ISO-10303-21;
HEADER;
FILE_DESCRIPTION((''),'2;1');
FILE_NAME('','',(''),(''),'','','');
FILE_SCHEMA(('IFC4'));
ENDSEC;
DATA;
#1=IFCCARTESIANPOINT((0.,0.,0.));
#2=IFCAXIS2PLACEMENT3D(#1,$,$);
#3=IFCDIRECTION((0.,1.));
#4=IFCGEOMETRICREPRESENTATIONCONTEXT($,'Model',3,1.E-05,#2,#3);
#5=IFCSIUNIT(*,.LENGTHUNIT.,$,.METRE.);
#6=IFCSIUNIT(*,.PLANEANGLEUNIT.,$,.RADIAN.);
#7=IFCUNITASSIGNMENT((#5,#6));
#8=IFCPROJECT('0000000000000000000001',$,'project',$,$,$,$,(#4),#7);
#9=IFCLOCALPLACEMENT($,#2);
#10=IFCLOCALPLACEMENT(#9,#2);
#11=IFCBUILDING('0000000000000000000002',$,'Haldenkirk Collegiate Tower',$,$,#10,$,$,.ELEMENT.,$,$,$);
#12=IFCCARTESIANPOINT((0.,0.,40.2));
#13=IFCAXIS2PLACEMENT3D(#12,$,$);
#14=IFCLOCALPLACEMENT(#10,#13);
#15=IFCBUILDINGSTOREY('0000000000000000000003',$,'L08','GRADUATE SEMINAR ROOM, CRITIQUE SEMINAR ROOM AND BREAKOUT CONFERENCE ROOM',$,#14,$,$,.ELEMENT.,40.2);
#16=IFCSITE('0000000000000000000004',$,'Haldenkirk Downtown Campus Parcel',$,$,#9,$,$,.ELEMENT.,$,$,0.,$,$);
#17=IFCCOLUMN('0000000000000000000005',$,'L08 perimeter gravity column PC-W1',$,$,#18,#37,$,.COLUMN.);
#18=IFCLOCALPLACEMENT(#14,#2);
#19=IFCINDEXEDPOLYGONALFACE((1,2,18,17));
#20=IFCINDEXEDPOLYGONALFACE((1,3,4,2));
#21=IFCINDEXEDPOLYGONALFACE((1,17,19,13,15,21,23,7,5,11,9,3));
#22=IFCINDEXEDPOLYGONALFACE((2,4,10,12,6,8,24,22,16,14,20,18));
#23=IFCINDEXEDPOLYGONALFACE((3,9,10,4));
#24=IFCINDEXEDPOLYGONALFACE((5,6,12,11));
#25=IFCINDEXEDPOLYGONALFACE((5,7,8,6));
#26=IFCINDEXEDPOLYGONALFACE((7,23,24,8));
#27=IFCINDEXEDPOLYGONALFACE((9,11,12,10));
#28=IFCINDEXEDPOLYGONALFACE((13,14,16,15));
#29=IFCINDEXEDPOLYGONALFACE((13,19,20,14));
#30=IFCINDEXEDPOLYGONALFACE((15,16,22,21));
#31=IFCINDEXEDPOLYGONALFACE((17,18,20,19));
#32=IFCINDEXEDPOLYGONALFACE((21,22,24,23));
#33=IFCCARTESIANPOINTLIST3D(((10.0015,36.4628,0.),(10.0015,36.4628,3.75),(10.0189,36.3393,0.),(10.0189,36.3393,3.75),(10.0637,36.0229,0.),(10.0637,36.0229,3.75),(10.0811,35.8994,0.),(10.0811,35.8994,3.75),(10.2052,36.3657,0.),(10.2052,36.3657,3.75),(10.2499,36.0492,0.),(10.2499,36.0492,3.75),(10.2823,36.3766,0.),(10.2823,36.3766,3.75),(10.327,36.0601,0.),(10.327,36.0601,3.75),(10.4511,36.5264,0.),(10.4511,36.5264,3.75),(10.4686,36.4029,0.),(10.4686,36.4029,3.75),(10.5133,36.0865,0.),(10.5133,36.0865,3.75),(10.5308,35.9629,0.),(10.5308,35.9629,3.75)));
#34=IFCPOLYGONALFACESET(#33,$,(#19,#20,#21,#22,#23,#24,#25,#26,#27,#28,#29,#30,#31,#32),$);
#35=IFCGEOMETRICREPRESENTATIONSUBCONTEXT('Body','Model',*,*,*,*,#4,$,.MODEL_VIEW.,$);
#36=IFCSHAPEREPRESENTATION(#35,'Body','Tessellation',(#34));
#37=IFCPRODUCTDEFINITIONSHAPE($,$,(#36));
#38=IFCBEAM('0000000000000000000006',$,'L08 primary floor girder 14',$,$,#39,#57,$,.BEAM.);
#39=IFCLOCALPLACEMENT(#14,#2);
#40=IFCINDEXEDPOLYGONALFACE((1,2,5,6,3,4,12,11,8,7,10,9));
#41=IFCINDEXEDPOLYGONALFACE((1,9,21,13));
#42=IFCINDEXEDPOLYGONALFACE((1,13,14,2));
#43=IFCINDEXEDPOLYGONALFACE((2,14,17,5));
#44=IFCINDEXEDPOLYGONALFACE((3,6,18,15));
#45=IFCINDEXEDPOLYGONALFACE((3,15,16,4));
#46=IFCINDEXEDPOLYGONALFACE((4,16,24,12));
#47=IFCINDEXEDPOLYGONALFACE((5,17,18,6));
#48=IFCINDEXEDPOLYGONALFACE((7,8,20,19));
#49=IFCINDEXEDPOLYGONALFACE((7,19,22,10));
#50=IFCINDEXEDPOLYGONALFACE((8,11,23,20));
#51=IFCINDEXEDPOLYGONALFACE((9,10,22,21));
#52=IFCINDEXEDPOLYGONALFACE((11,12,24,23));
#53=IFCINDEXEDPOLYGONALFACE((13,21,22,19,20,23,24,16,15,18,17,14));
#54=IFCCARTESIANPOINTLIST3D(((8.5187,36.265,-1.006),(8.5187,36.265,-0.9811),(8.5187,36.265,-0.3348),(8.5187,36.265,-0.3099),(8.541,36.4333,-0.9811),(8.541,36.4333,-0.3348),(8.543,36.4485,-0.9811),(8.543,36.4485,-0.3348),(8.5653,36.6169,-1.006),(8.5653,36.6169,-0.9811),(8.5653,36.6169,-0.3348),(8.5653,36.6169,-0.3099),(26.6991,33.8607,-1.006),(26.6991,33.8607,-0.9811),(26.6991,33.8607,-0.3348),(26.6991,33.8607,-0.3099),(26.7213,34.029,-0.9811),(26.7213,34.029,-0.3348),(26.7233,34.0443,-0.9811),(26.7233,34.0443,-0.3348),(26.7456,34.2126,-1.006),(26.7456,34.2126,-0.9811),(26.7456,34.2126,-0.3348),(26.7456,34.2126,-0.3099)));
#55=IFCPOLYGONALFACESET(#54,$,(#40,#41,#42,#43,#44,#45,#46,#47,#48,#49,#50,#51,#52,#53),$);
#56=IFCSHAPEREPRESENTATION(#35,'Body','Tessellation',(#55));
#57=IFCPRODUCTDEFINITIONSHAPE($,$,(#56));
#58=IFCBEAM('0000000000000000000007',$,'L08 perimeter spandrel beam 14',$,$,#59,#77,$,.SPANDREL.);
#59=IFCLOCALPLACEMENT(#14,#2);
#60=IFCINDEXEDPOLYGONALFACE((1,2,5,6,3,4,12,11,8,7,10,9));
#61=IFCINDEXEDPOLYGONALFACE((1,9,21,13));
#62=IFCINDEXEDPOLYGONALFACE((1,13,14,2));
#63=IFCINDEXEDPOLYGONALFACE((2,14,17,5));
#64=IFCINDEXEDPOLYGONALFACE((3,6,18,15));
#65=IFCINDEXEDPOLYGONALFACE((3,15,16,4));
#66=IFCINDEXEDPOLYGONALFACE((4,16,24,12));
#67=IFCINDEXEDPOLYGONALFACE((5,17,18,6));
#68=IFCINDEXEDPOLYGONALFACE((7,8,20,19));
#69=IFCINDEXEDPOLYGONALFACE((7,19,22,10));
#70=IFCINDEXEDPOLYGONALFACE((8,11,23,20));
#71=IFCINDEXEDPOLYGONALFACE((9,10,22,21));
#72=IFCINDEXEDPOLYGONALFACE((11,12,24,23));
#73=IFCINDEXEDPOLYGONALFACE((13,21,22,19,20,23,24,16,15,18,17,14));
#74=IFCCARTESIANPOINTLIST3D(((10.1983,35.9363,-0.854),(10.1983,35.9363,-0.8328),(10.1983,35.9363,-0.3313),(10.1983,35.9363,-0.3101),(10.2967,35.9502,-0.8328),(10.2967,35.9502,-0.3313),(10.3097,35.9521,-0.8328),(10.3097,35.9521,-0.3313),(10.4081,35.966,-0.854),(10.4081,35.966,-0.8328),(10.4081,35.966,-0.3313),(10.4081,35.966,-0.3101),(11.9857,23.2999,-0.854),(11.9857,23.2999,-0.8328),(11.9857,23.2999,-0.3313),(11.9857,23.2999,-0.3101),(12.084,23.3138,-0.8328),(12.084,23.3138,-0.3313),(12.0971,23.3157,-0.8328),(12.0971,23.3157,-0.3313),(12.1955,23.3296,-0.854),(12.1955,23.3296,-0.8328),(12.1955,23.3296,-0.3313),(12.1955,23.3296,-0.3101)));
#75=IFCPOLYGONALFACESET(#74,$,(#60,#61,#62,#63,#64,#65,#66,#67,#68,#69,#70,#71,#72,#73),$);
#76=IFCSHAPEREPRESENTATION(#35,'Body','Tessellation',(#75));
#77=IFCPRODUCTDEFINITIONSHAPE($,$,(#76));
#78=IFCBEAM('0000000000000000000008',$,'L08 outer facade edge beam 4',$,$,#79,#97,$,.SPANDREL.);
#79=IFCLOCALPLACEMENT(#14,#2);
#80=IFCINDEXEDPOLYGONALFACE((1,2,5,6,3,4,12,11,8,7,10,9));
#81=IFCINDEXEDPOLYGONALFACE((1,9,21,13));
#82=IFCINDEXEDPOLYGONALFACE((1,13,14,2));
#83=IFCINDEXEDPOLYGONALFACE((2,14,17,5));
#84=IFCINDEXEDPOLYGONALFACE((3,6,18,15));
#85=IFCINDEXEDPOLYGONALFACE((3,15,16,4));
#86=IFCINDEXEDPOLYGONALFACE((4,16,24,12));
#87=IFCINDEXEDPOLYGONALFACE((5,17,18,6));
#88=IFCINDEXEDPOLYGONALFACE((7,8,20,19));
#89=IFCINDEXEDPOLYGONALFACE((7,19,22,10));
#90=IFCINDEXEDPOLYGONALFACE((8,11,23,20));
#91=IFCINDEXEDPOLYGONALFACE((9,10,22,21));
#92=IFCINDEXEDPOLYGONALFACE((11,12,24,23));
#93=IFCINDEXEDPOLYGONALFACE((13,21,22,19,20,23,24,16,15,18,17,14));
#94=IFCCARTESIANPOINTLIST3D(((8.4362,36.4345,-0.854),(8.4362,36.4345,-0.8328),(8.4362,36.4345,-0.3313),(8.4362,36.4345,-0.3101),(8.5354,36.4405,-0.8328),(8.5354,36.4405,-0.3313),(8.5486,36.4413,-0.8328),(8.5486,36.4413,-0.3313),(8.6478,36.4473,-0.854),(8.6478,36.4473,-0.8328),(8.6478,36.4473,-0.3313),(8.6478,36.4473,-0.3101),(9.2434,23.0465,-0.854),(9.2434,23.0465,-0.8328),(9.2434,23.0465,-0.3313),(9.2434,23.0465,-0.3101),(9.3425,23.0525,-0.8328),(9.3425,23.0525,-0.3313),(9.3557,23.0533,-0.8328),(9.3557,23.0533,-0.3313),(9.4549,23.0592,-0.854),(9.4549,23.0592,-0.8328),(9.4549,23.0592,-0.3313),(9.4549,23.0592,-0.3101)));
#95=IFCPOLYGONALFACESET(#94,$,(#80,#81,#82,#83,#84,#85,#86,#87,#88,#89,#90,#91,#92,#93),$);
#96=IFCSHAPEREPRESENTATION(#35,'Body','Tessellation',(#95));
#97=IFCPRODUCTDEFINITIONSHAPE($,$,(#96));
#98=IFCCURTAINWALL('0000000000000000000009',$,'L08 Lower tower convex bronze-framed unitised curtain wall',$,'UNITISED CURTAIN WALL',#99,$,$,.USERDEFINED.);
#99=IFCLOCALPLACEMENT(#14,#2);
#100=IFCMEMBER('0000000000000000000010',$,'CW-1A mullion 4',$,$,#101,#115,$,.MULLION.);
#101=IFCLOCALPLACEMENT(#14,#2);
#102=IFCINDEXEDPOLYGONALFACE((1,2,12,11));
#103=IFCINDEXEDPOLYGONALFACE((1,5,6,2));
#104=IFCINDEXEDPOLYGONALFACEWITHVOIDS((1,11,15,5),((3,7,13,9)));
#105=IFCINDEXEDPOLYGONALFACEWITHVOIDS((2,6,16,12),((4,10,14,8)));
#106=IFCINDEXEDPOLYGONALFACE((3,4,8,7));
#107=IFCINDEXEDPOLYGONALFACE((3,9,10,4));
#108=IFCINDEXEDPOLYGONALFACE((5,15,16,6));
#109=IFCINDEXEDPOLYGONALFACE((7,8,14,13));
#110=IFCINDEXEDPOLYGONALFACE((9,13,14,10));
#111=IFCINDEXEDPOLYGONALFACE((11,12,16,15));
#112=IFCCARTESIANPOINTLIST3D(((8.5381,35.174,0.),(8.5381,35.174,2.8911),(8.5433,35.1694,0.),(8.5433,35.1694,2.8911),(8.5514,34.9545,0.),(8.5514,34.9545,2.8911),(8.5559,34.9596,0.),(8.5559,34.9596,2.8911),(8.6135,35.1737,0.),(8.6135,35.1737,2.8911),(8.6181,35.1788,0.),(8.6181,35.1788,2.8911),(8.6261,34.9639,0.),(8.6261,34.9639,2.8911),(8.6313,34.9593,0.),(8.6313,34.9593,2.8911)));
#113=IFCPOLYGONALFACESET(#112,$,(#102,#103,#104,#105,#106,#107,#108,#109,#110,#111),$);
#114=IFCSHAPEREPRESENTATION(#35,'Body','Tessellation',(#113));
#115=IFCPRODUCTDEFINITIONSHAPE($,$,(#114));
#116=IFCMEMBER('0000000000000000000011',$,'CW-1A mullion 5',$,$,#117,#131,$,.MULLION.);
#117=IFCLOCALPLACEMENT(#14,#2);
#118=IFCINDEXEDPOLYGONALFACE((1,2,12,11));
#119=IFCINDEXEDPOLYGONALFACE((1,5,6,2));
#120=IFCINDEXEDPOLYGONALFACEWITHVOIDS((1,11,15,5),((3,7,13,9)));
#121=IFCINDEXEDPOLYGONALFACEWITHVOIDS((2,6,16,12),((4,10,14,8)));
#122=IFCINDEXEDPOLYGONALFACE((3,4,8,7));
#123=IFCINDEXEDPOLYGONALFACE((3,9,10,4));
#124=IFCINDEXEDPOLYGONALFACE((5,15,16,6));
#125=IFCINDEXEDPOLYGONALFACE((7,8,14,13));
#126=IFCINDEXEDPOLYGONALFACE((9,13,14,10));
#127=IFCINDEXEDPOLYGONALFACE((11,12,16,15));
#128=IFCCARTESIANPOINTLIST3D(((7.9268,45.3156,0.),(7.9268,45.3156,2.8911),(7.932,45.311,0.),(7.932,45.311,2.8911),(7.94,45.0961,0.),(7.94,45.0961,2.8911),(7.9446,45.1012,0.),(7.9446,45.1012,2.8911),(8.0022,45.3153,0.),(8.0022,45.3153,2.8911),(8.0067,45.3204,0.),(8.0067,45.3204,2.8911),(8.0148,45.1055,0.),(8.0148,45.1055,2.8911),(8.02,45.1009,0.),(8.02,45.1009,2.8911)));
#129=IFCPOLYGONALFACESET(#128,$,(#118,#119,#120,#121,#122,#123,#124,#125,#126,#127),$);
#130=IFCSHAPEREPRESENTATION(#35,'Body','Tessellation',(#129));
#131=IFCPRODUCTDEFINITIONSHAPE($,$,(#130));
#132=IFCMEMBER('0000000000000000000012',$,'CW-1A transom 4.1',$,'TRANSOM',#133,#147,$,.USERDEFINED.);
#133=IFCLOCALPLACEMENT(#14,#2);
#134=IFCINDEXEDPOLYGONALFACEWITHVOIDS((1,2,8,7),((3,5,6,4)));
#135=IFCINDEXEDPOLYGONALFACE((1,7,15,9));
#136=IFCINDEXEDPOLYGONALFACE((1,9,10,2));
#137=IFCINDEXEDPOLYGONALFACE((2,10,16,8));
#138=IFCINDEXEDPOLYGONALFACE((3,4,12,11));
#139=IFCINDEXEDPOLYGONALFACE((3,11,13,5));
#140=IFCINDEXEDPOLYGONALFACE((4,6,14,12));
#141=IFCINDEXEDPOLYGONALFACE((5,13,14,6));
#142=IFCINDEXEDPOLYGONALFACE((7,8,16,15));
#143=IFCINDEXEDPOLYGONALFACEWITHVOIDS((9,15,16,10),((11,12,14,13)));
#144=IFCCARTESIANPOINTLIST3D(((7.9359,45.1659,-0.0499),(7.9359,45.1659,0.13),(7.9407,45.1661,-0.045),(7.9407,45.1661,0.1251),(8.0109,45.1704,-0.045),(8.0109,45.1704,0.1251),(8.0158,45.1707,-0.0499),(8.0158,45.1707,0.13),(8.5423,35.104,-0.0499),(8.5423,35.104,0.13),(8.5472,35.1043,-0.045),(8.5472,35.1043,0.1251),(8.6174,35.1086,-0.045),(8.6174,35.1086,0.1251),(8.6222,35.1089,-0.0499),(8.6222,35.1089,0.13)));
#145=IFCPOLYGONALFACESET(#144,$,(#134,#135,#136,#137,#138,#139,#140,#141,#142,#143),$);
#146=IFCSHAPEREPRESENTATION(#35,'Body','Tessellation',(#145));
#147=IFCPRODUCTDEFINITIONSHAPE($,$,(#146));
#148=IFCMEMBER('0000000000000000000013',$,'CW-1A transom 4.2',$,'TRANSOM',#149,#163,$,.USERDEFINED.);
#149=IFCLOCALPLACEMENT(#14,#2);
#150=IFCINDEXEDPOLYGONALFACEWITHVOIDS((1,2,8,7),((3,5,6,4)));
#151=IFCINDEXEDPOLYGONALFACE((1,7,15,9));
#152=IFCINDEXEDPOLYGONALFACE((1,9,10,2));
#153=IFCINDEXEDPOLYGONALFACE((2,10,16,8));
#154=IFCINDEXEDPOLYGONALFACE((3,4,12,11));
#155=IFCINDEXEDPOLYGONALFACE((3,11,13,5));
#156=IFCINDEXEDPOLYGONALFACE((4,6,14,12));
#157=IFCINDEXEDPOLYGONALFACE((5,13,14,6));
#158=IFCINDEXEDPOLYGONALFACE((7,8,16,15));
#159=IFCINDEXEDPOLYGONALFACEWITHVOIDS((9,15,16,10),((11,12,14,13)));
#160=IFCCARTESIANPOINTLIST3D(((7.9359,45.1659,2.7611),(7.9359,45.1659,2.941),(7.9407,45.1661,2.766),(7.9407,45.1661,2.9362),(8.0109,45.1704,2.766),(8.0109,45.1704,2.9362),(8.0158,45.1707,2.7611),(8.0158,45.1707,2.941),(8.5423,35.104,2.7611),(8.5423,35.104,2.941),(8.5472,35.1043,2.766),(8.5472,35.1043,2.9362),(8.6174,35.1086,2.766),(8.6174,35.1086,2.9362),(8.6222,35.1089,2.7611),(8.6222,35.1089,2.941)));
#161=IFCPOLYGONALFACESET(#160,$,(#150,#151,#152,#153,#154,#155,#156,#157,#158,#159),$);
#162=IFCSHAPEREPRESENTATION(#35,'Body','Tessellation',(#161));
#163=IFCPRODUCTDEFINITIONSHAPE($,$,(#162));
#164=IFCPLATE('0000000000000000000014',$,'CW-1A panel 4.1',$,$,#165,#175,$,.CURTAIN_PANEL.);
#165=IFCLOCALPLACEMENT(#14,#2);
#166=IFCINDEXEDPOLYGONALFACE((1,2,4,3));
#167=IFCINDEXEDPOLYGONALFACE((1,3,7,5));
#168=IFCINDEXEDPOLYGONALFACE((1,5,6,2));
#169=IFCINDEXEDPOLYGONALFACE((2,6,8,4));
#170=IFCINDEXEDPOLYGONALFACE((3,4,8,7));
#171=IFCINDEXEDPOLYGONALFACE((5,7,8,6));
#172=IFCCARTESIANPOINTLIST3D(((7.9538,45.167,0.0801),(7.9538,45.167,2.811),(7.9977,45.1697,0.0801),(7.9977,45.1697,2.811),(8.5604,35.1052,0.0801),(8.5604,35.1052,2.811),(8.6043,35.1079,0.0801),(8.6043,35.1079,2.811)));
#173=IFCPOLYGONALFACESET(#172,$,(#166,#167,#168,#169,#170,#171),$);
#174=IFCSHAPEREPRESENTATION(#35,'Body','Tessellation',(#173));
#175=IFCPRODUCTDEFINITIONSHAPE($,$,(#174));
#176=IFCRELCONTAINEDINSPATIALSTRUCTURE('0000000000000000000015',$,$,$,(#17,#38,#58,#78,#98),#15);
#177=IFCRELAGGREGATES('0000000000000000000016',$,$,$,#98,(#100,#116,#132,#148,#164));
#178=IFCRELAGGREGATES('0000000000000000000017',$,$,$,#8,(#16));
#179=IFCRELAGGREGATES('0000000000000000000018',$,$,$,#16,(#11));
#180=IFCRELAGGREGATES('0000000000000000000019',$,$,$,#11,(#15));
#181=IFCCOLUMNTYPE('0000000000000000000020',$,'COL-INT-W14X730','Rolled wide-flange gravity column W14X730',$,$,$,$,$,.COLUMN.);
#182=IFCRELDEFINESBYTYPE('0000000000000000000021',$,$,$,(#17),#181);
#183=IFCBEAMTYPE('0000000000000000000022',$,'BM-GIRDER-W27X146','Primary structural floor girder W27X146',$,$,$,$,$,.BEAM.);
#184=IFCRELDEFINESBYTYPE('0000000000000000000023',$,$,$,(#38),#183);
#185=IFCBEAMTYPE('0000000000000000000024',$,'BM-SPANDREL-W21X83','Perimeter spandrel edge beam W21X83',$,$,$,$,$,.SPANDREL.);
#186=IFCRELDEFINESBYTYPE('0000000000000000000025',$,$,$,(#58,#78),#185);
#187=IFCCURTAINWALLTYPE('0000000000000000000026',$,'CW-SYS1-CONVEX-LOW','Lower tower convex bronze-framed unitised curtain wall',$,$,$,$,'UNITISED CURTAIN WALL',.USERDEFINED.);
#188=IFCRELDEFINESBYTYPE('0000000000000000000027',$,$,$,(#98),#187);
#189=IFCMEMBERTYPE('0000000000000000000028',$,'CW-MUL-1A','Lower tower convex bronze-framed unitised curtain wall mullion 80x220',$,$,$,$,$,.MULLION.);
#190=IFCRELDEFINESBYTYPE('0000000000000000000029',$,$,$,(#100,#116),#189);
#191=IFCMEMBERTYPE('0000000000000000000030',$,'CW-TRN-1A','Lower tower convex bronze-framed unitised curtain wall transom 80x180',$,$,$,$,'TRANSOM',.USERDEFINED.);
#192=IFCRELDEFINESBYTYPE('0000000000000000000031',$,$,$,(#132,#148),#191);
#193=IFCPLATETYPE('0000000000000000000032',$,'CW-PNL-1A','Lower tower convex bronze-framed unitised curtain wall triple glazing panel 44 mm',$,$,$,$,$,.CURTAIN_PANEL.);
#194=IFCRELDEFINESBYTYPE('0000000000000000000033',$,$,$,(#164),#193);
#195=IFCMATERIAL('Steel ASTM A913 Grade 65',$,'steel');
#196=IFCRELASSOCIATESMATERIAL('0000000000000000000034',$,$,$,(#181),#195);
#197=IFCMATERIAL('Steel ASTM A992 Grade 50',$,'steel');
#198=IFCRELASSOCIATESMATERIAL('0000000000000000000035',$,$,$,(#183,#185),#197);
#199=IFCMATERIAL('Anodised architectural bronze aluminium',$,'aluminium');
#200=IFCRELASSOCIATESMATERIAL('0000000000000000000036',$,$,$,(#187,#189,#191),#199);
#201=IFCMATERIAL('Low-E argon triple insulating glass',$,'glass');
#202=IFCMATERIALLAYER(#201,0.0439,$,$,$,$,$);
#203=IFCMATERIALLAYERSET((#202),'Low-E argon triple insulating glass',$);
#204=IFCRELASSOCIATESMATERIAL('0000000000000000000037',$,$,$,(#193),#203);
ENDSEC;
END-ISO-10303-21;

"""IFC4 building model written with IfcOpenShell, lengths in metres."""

from ifc_helpers import new_model, si_unit, direction, frame, origin, origin_2d, place, context, subcontext, project, spatial, rectangle, hollow_rectangle, i_section, extrude, source, transform, mapped, material, layer, layer_set, material_profile, profile_set, type_object, element, aggregate, save


model = new_model("IFC4")

# Units and contexts
model_context = context("Model", 3, precision=1e-05, world=origin(), true_north=direction((0.0, 1.0)))
body_context = subcontext(model_context, "Body", "Model", "MODEL_VIEW")
ifc_project = project(units=[si_unit("LENGTHUNIT", "METRE"), si_unit("PLANEANGLEUNIT", "RADIAN")], contexts=[model_context])

# Site, building, storey
site_placement = place(None, origin())
site = spatial("IfcSite", under=ifc_project, at=site_placement, Name="Haldenkirk Downtown Campus Parcel", CompositionType="ELEMENT", RefElevation=0.0)
building_placement = place(site_placement, origin())
building = spatial("IfcBuilding", under=site, at=building_placement, Name="Haldenkirk Collegiate Tower", CompositionType="ELEMENT")
storey_placement = place(building_placement, frame((0.0, 0.0, 40.2)))
storey = spatial("IfcBuildingStorey", under=building, at=storey_placement, Name="L08", Description="GRADUATE SEMINAR ROOM, CRITIQUE SEMINAR ROOM AND BREAKOUT CONFERENCE ROOM", CompositionType="ELEMENT", Elevation=40.2)

# Column
ifc_material_1 = material(Name="Steel ASTM A913 Grade 65", Category="steel")
ifc_material_profile_1 = material_profile(ifc_material_1, i_section(OverallWidth=0.4541, OverallDepth=0.5691, WebThickness=0.0779, FlangeThickness=0.1248, at=origin_2d()), Name="W14X730")
ifc_profile_set_1 = profile_set([ifc_material_profile_1], Name="Steel ASTM A913 Grade 65")
column_type = type_object("IfcColumnType", Name="COL-INT-W14X730", Description="Rolled wide-flange gravity column W14X730", PredefinedType="COLUMN", material=ifc_profile_set_1)
column_placement = place(storey_placement, frame((10.2661, 36.2129, 0.0), z_axis=(0.0, 0.0, 1.0), x_axis=(0.990146, 0.140037, 0.0)))
element("IfcColumn", 1, at=column_placement, inside=storey, type_object=column_type, Name="L08 perimeter gravity column PC-W1", PredefinedType="COLUMN", context=body_context, shape_type="SweptSolid", body=[
    extrude(i_section(OverallWidth=0.4541, OverallDepth=0.5691, WebThickness=0.0779, FlangeThickness=0.1248, at=origin_2d()), origin(), (0.0, 0.0, 1.0), 3.75),
])

# Beams
ifc_material_2 = material(Name="Steel ASTM A992 Grade 50", Category="steel")
ifc_material_profile_2 = material_profile(ifc_material_2, i_section(OverallWidth=0.355, OverallDepth=0.696, WebThickness=0.0154, FlangeThickness=0.0249, at=origin_2d()), Name="W27X146")
ifc_profile_set_2 = profile_set([ifc_material_profile_2], Name="Steel ASTM A992 Grade 50")
beam_type_1 = type_object("IfcBeamType", Name="BM-GIRDER-W27X146", Description="Primary structural floor girder W27X146", PredefinedType="BEAM", material=ifc_profile_set_2)
beam_1_placement = place(storey_placement, frame((8.542, 36.4409, -0.658), z_axis=(0.991368, -0.131105, 0.0), x_axis=(0.131105, 0.991368, 0.0)))
element("IfcBeam", 2, at=beam_1_placement, inside=storey, type_object=beam_type_1, Name="L08 primary floor girder 14", PredefinedType="BEAM", context=body_context, shape_type="SweptSolid", body=[
    extrude(i_section(OverallWidth=0.355, OverallDepth=0.696, WebThickness=0.0154, FlangeThickness=0.0249, at=origin_2d()), origin(), (0.0, 0.0, 1.0), 18.3386),
])
ifc_material_profile_3 = material_profile(ifc_material_2, i_section(OverallWidth=0.2119, OverallDepth=0.5439, WebThickness=0.0132, FlangeThickness=0.0212, at=origin_2d()), Name="W21X83")
ifc_profile_set_3 = profile_set([ifc_material_profile_3], Name="Steel ASTM A992 Grade 50")
beam_type_2 = type_object("IfcBeamType", Name="BM-SPANDREL-W21X83", Description="Perimeter spandrel edge beam W21X83", PredefinedType="SPANDREL", material=ifc_profile_set_3)
beam_2_placement = place(storey_placement, frame((10.3032, 35.9512, -0.582), z_axis=(0.14005, -0.990144, 0.0), x_axis=(0.990144, 0.14005, 0.0)))
element("IfcBeam", 3, at=beam_2_placement, inside=storey, type_object=beam_type_2, Name="L08 perimeter spandrel beam 14", PredefinedType="SPANDREL", context=body_context, shape_type="SweptSolid", body=[
    extrude(i_section(OverallWidth=0.2119, OverallDepth=0.5439, WebThickness=0.0132, FlangeThickness=0.0212, at=origin_2d()), origin(), (0.0, 0.0, 1.0), 12.7622),
])
beam_3_placement = place(storey_placement, frame((8.542, 36.4409, -0.582), z_axis=(0.060178, -0.998188, 0.0), x_axis=(0.998188, 0.060178, 0.0)))
element("IfcBeam", 4, at=beam_3_placement, inside=storey, type_object=beam_type_2, Name="L08 outer facade edge beam 4", PredefinedType="SPANDREL", context=body_context, shape_type="SweptSolid", body=[
    extrude(i_section(OverallWidth=0.2119, OverallDepth=0.5439, WebThickness=0.0132, FlangeThickness=0.0212, at=origin_2d()), origin(), (0.0, 0.0, 1.0), 13.4124),
])

# Curtain wall, members, plate
ifc_material_3 = material(Name="Anodised architectural bronze aluminium", Category="aluminium")
curtain_wall_type = type_object("IfcCurtainWallType", Name="CW-SYS1-CONVEX-LOW", Description="Lower tower convex bronze-framed unitised curtain wall", ElementType="UNITISED CURTAIN WALL", PredefinedType="USERDEFINED", material=ifc_material_3)
curtain_wall_placement = place(storey_placement, origin())
curtain_wall = element("IfcCurtainWall", 5, at=curtain_wall_placement, inside=storey, type_object=curtain_wall_type, Name="L08 Lower tower convex bronze-framed unitised curtain wall", ObjectType="UNITISED CURTAIN WALL", PredefinedType="USERDEFINED")
ifc_material_profile_4 = material_profile(ifc_material_3, hollow_rectangle(XDim=0.0801, YDim=0.22, WallThickness=0.0049, at=origin_2d()), Name="CW-MUL-1A")
ifc_profile_set_4 = profile_set([ifc_material_profile_4], Name="Anodised architectural bronze aluminium")
member_type_1 = type_object("IfcMemberType", Name="CW-MUL-1A", Description="Lower tower convex bronze-framed unitised curtain wall mullion 80x220", PredefinedType="MULLION", material=ifc_profile_set_4)
member_1_placement = place(storey_placement, frame((8.5847, 35.0667, 0.0), z_axis=(0.0, 0.0, 1.0), x_axis=(-0.998188, -0.060174, 0.0)))
member_1 = element("IfcMember", 6, at=member_1_placement, type_object=member_type_1, Name="CW-1A mullion 4", PredefinedType="MULLION", context=body_context, shape_type="SweptSolid", body=[
    extrude(hollow_rectangle(XDim=0.0801, YDim=0.22, WallThickness=0.0049, at=origin_2d()), origin(), (0.0, 0.0, 1.0), 2.8911),
])
member_2_placement = place(storey_placement, frame((7.9734, 45.2083, 0.0), z_axis=(0.0, 0.0, 1.0), x_axis=(-0.998188, -0.060174, 0.0)))
member_2 = element("IfcMember", 7, at=member_2_placement, type_object=member_type_1, Name="CW-1A mullion 5", PredefinedType="MULLION", context=body_context, shape_type="SweptSolid", body=[
    extrude(hollow_rectangle(XDim=0.0801, YDim=0.22, WallThickness=0.0049, at=origin_2d()), origin(), (0.0, 0.0, 1.0), 2.8911),
])
ifc_material_profile_5 = material_profile(ifc_material_3, hollow_rectangle(XDim=0.0801, YDim=0.1799, WallThickness=0.0049, at=origin_2d()), Name="CW-TRN-1A")
ifc_profile_set_5 = profile_set([ifc_material_profile_5], Name="Anodised architectural bronze aluminium")
member_type_2 = type_object("IfcMemberType", Name="CW-TRN-1A", Description="Lower tower convex bronze-framed unitised curtain wall transom 80x180", ElementType="TRANSOM", PredefinedType="USERDEFINED", material=ifc_profile_set_5)
member_3_placement = place(storey_placement, frame((8.5823, 35.1064, 0.04), z_axis=(-0.060163, 0.998189, 0.0), x_axis=(-0.998189, -0.060163, 0.0)))
member_3 = element("IfcMember", 8, at=member_3_placement, type_object=member_type_2, Name="CW-1A transom 4.1", ObjectType="TRANSOM", PredefinedType="USERDEFINED", context=body_context, shape_type="SweptSolid", body=[
    extrude(hollow_rectangle(XDim=0.0801, YDim=0.1799, WallThickness=0.0049, at=origin_2d()), origin(), (0.0, 0.0, 1.0), 10.0801),
])
member_4_placement = place(storey_placement, frame((8.5823, 35.1064, 2.8511), z_axis=(-0.060163, 0.998189, 0.0), x_axis=(-0.998189, -0.060163, 0.0)))
member_4 = element("IfcMember", 9, at=member_4_placement, type_object=member_type_2, Name="CW-1A transom 4.2", ObjectType="TRANSOM", PredefinedType="USERDEFINED", context=body_context, shape_type="SweptSolid", body=[
    extrude(hollow_rectangle(XDim=0.0801, YDim=0.1799, WallThickness=0.0049, at=origin_2d()), origin(), (0.0, 0.0, 1.0), 10.0801),
])
ifc_material_4 = material(Name="Low-E argon triple insulating glass", Category="glass")
ifc_layer_1 = layer(ifc_material_4, 0.0439)
ifc_layer_set_1 = layer_set([ifc_layer_1], Name="Low-E argon triple insulating glass")
plate_type_1 = type_object("IfcPlateType", Name="CW-PNL-1A", Description="Lower tower convex bronze-framed unitised curtain wall triple glazing panel 44 mm", PredefinedType="CURTAIN_PANEL", material=ifc_layer_set_1)
shared_shape_1 = source(origin(), body_context, "Body", "SweptSolid", [
    extrude(rectangle(XDim=10.0801, YDim=0.0439, at=origin_2d()), origin(), (0.0, 0.0, 1.0), 2.731),
])
plate_1_placement = place(storey_placement, frame((8.2791, 40.1375, 0.0801), z_axis=(0.0, 0.0, 1.0), x_axis=(-0.060174, 0.998188, 0.0)))
plate_1 = element("IfcPlate", 10, at=plate_1_placement, type_object=plate_type_1, Name="CW-1A panel 4.1", PredefinedType="CURTAIN_PANEL", context=body_context, shape_type="MappedRepresentation", body=[
    mapped(shared_shape_1, transform((0.0, 0.0, 0.0), x_axis=(1.0, 0.0, 0.0), y_axis=(0.0, 1.0, 0.0), z_axis=(0.0, 0.0, 1.0), scale=1.0)),
])
aggregate(curtain_wall, [member_1, member_2, member_3, member_4, plate_1])

save(model, "model.ifc")
